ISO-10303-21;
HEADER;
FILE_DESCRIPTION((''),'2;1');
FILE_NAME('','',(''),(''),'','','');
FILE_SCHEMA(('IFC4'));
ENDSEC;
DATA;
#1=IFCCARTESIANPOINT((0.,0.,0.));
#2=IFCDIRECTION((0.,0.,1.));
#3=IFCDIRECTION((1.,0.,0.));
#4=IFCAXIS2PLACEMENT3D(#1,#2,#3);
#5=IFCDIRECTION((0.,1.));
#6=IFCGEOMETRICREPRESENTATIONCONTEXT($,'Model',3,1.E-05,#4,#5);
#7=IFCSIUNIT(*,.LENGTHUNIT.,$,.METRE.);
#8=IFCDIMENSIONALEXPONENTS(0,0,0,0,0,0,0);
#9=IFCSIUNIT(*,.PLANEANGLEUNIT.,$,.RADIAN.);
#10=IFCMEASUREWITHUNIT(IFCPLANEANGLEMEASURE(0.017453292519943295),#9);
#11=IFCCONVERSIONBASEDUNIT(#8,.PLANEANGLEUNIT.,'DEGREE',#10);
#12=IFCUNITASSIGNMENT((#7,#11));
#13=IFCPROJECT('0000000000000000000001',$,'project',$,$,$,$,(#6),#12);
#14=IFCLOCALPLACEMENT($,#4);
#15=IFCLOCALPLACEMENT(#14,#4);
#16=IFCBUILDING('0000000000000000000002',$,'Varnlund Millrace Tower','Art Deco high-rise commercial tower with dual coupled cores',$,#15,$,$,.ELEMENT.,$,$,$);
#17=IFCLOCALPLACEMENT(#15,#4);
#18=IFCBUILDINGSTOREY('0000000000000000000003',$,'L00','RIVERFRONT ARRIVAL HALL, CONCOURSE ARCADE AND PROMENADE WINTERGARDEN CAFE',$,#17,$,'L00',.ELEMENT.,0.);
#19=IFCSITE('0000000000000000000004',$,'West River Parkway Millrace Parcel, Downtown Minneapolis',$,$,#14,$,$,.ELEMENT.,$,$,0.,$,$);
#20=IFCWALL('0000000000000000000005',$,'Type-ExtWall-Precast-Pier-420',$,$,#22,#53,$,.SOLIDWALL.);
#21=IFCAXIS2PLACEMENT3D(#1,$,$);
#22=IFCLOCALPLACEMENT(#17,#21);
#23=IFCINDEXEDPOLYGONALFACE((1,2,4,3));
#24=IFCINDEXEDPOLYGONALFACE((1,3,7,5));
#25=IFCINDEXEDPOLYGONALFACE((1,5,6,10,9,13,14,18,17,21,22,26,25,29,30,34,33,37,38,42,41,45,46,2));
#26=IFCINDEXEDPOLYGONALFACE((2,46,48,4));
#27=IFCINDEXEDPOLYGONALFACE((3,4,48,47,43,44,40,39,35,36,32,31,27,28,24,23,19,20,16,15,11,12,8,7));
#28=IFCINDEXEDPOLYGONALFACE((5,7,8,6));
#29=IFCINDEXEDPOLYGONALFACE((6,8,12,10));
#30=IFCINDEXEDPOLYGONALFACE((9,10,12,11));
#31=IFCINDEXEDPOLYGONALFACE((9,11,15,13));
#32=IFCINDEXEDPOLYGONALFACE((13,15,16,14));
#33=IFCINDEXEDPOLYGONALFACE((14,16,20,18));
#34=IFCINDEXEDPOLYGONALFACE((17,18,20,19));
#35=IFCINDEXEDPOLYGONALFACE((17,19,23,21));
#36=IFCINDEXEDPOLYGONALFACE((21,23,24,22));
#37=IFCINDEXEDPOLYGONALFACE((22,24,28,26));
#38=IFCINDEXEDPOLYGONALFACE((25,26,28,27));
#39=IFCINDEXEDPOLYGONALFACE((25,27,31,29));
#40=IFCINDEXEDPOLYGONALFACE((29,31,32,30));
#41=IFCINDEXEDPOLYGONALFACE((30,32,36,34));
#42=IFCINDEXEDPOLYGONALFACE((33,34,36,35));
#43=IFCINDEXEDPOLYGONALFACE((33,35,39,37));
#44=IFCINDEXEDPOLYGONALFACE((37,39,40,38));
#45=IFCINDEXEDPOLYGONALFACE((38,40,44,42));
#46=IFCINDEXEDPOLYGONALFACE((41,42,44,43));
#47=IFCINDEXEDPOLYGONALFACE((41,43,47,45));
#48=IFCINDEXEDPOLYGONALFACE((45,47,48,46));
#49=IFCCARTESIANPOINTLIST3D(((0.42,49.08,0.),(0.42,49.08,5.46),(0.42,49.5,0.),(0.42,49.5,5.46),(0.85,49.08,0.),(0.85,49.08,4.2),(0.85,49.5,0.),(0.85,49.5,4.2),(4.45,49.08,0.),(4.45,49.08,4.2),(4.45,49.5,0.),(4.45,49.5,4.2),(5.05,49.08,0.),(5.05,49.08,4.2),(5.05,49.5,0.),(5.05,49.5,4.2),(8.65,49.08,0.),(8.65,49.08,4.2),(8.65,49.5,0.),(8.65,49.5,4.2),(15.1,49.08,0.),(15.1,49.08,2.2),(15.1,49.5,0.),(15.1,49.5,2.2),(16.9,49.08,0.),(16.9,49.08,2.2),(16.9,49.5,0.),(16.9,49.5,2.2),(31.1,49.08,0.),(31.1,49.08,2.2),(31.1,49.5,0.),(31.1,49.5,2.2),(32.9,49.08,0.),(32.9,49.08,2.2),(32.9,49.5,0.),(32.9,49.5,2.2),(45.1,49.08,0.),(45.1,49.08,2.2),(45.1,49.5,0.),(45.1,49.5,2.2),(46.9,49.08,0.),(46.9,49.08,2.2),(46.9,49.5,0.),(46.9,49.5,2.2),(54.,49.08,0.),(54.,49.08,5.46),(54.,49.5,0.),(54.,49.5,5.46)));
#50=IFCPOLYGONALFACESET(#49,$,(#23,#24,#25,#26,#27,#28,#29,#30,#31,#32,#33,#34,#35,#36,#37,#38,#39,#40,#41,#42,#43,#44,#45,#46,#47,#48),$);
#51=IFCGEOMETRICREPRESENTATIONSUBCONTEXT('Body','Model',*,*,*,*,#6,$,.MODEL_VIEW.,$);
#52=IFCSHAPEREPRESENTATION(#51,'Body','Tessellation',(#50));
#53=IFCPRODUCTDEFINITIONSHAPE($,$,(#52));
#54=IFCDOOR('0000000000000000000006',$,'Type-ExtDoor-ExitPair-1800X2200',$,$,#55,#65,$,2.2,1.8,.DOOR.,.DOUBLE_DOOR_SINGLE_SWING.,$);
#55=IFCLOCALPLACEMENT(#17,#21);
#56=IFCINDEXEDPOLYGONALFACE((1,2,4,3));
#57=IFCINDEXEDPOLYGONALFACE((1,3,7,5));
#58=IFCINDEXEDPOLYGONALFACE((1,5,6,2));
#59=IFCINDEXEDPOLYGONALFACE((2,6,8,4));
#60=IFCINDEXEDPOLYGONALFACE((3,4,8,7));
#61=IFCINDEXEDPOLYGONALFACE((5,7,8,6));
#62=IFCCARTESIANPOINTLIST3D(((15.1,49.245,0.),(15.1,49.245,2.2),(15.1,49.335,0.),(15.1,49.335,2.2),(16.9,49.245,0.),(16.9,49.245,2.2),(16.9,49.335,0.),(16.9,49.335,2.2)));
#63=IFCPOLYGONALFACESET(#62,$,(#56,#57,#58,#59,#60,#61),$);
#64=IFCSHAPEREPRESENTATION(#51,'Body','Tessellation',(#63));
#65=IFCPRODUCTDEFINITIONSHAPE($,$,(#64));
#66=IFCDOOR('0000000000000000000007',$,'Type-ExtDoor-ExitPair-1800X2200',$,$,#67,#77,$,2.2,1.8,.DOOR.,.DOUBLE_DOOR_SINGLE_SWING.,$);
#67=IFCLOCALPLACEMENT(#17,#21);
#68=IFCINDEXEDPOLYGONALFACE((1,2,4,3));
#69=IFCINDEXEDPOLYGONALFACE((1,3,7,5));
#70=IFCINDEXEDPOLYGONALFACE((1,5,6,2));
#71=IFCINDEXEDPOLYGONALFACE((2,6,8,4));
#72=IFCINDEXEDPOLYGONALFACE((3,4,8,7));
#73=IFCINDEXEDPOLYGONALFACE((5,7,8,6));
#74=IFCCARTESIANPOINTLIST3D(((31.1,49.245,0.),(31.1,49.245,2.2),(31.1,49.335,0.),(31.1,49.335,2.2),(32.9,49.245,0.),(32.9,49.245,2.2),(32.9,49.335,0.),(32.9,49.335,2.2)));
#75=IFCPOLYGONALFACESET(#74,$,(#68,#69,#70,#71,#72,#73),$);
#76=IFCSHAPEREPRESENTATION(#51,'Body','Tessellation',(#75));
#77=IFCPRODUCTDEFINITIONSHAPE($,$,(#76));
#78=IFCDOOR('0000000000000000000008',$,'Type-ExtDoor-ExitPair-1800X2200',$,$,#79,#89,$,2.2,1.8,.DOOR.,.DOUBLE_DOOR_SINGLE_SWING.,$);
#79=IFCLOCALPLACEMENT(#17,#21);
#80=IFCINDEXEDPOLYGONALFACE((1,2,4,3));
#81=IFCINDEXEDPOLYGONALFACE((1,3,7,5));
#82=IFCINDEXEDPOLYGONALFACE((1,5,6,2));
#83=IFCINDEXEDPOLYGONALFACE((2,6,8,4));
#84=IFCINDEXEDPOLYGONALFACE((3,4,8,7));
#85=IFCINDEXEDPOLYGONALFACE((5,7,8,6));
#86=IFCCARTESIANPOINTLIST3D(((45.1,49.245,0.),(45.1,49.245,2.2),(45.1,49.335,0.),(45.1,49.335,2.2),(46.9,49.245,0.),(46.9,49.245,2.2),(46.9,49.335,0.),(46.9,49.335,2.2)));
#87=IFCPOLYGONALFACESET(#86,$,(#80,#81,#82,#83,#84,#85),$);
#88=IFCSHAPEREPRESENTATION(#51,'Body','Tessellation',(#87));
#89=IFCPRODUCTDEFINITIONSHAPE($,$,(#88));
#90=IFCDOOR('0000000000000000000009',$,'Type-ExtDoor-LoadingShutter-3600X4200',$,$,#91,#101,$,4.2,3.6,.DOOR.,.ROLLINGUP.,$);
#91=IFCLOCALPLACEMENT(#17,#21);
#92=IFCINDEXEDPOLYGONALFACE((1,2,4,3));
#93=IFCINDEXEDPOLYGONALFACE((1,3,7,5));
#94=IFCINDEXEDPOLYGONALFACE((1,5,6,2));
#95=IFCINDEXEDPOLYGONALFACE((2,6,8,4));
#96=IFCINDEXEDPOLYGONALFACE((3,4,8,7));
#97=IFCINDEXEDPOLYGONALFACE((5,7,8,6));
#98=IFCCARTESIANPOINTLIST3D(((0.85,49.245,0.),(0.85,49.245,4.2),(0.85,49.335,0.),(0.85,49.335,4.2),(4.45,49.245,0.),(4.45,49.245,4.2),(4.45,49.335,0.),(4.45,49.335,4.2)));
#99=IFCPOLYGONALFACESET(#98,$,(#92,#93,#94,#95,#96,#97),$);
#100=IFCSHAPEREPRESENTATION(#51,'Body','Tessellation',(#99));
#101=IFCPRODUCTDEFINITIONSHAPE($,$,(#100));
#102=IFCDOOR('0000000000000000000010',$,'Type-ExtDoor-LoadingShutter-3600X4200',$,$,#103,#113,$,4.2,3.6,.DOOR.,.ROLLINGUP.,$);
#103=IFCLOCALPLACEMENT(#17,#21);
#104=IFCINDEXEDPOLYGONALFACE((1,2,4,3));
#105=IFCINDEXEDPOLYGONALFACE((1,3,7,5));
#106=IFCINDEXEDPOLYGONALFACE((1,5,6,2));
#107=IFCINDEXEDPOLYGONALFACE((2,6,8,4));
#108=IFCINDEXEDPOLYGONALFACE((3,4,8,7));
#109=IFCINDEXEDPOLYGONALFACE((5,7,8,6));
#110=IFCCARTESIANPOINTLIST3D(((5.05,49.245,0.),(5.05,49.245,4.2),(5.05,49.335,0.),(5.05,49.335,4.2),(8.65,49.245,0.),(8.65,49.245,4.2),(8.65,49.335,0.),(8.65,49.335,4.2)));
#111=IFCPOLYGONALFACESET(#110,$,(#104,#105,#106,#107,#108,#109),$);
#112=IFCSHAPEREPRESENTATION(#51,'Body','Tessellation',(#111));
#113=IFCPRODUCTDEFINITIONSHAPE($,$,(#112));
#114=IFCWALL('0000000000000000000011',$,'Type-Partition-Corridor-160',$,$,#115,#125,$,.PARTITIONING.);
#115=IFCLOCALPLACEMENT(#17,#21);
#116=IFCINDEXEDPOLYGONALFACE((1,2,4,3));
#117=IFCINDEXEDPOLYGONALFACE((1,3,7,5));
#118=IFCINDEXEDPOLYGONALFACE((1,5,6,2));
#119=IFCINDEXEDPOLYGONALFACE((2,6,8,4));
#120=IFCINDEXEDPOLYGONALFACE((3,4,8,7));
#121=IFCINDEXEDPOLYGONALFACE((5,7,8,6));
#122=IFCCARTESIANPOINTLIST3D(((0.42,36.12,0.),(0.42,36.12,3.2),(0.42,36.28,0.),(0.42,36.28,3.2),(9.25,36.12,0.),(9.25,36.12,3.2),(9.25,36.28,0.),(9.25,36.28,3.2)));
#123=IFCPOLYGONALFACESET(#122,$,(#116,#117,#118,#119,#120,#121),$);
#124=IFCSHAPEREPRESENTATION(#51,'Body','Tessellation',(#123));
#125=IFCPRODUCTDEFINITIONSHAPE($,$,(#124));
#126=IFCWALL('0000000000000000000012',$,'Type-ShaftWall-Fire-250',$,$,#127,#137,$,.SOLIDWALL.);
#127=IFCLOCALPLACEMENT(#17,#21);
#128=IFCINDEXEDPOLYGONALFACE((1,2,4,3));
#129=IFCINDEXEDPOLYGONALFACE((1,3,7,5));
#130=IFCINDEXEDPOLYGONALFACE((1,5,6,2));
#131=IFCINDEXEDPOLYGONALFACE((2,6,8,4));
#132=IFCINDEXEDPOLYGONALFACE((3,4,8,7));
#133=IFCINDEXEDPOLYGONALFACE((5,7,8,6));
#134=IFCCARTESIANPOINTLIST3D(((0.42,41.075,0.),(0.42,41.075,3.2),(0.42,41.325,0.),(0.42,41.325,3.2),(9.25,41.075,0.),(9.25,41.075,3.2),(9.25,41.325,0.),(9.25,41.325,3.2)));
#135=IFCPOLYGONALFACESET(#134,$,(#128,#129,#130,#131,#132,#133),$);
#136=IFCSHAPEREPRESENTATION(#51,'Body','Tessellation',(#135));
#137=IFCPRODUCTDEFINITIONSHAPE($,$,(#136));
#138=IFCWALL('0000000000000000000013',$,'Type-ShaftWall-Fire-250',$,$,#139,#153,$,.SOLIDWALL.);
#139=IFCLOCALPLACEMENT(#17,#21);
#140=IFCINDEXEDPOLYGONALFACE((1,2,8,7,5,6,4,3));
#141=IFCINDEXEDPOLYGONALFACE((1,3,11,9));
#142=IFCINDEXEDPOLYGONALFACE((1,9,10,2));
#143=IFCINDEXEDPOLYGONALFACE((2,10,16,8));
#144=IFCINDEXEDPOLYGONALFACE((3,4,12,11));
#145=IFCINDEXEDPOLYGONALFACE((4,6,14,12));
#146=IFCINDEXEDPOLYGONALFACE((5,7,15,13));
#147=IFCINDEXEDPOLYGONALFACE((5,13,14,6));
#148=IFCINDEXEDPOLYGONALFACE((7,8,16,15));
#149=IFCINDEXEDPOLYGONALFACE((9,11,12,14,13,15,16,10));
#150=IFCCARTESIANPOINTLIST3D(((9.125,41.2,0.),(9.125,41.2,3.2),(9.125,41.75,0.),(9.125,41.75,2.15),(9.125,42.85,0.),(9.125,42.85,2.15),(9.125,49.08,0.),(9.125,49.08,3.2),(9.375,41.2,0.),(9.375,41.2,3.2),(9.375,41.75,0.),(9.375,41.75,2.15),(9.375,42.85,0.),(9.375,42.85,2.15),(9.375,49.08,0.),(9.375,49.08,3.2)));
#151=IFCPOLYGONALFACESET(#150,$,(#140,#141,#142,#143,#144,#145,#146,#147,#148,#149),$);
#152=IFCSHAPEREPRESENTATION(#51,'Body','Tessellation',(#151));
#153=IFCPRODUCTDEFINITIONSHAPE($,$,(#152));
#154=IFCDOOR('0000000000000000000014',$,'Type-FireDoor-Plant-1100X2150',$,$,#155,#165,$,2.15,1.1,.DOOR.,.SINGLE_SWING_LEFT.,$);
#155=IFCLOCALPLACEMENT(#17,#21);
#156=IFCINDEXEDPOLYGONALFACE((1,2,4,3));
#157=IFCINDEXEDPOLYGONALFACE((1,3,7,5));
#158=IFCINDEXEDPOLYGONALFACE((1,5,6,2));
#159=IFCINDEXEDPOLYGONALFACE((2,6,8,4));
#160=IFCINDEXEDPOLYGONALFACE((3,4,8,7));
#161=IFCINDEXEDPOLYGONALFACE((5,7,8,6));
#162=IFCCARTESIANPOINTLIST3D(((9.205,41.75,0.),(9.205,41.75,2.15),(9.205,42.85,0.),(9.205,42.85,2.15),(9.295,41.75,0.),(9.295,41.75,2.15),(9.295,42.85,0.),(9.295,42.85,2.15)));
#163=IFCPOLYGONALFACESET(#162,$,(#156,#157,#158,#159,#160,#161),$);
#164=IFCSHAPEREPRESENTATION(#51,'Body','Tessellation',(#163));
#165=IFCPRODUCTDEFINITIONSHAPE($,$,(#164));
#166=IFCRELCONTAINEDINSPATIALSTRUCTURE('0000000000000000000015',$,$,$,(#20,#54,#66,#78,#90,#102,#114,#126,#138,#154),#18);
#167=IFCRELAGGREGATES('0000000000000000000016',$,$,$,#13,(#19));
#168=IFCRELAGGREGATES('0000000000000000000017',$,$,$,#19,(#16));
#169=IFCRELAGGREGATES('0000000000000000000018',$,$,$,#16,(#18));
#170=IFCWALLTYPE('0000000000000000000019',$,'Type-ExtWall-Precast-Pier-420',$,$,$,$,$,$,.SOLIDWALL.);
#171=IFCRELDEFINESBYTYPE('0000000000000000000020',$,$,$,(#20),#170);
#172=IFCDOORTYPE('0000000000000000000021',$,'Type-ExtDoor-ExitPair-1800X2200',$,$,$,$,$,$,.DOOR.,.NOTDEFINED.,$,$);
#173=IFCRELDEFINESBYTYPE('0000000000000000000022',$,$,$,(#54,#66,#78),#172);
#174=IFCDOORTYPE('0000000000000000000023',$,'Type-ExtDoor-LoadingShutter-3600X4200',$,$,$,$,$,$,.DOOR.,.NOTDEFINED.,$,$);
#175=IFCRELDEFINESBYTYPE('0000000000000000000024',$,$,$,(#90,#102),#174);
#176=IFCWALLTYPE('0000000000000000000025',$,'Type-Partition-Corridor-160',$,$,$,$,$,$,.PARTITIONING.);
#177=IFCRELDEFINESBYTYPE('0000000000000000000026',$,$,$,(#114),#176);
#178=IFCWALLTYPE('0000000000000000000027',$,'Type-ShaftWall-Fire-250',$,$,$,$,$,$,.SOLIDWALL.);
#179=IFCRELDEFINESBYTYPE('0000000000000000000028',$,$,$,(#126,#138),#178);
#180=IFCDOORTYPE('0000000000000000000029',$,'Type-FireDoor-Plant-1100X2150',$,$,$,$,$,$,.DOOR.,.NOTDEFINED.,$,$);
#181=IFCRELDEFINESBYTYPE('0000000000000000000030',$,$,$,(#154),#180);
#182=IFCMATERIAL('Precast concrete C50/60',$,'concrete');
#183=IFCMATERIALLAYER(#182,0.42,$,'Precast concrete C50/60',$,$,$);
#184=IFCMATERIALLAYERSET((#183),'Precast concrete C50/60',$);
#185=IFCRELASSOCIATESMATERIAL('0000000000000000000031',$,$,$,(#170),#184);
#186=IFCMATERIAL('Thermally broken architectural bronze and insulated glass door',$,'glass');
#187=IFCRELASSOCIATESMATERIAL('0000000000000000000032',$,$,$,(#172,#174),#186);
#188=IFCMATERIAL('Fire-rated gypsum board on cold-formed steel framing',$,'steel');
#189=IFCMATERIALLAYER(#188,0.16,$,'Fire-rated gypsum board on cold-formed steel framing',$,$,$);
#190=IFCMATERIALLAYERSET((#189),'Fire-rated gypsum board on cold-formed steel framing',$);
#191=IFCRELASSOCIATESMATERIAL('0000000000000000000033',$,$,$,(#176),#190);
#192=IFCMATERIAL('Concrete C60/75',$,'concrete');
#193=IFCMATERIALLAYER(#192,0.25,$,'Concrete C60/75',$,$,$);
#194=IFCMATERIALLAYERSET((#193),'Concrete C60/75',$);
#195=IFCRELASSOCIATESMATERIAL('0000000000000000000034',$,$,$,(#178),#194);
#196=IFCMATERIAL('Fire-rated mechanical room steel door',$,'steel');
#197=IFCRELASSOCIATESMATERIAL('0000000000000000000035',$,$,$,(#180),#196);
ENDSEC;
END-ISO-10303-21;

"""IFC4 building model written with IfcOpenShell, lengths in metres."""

from ifc_helpers import new_model, entity, si_unit, converted_unit, direction, frame, origin_with_axes, origin_2d_with_axis, place, context, subcontext, project, spatial, polyline, rectangle, outline, extrude, material, layer, layer_set, type_object, element, fill, save


model = new_model("IFC4")

# Units and contexts
model_context = context("Model", 3, precision=1e-05, world=origin_with_axes(), true_north=direction((0.0, 1.0)))
body_context = subcontext(model_context, "Body", "Model", "MODEL_VIEW")
ifc_project = project(units=[si_unit("LENGTHUNIT", "METRE"), converted_unit("PLANEANGLEUNIT", "DEGREE", entity("IfcPlaneAngleMeasure", 0.017453292519943295), si_unit("PLANEANGLEUNIT", "RADIAN"), dimensions=[0, 0, 0, 0, 0, 0, 0])], contexts=[model_context])

# Site, building, storey
site_placement = place(None, origin_with_axes())
site = spatial("IfcSite", under=ifc_project, at=site_placement, Name="West River Parkway Millrace Parcel, Downtown Minneapolis", CompositionType="ELEMENT", RefElevation=0.0)
building_placement = place(site_placement, origin_with_axes())
building = spatial("IfcBuilding", under=site, at=building_placement, Name="Varnlund Millrace Tower", Description="Art Deco high-rise commercial tower with dual coupled cores", CompositionType="ELEMENT")
storey_placement = place(building_placement, origin_with_axes())
storey = spatial("IfcBuildingStorey", under=building, at=storey_placement, Name="L00", Description="RIVERFRONT ARRIVAL HALL, CONCOURSE ARCADE AND PROMENADE WINTERGARDEN CAFE", LongName="L00", CompositionType="ELEMENT", Elevation=0.0)

# Wall, openings, doors
ifc_material_1 = material(Name="Precast concrete C50/60", Category="concrete")
ifc_layer_1 = layer(ifc_material_1, 0.42, Name="Precast concrete C50/60")
ifc_layer_set_1 = layer_set([ifc_layer_1], Name="Precast concrete C50/60")
wall_type_1 = type_object("IfcWallType", Name="Type-ExtWall-Precast-Pier-420", PredefinedType="SOLIDWALL", material=ifc_layer_set_1)
wall_1_placement = place(storey_placement, frame((0.42, 49.29, 0.0), z_axis=(0.0, 0.0, 1.0), x_axis=(1.0, 0.0, 0.0)))
wall_1 = element("IfcWall", 1, at=wall_1_placement, inside=storey, type_object=wall_type_1, Name="Type-ExtWall-Precast-Pier-420", PredefinedType="SOLIDWALL", context=body_context, shape_type="SweptSolid", body=[
    extrude(outline(polyline([(0.0, -0.21), (53.58, -0.21), (53.58, 0.21), (0.0, 0.21), (0.0, -0.21)])), origin_with_axes(), (0.0, 0.0, 1.0), 5.46),
])
opening_1_placement = place(wall_1_placement, frame((15.58, 0.0, 0.0), z_axis=(0.0, 0.0, 1.0), x_axis=(1.0, 0.0, 0.0)))
opening_1 = element("IfcOpeningElement", 2, at=opening_1_placement, cuts=wall_1, PredefinedType="OPENING", context=body_context, shape_type="SweptSolid", body=[
    extrude(rectangle(XDim=1.8, YDim=0.44, at=origin_2d_with_axis()), origin_with_axes(), (0.0, 0.0, 1.0), 2.2),
])
opening_2_placement = place(wall_1_placement, frame((31.58, 0.0, 0.0), z_axis=(0.0, 0.0, 1.0), x_axis=(1.0, 0.0, 0.0)))
opening_2 = element("IfcOpeningElement", 3, at=opening_2_placement, cuts=wall_1, PredefinedType="OPENING", context=body_context, shape_type="SweptSolid", body=[
    extrude(rectangle(XDim=1.8, YDim=0.44, at=origin_2d_with_axis()), origin_with_axes(), (0.0, 0.0, 1.0), 2.2),
])
opening_3_placement = place(wall_1_placement, frame((45.58, 0.0, 0.0), z_axis=(0.0, 0.0, 1.0), x_axis=(1.0, 0.0, 0.0)))
opening_3 = element("IfcOpeningElement", 4, at=opening_3_placement, cuts=wall_1, PredefinedType="OPENING", context=body_context, shape_type="SweptSolid", body=[
    extrude(rectangle(XDim=1.8, YDim=0.44, at=origin_2d_with_axis()), origin_with_axes(), (0.0, 0.0, 1.0), 2.2),
])
opening_4_placement = place(wall_1_placement, frame((2.23, 0.0, 0.0), z_axis=(0.0, 0.0, 1.0), x_axis=(1.0, 0.0, 0.0)))
opening_4 = element("IfcOpeningElement", 5, at=opening_4_placement, cuts=wall_1, PredefinedType="OPENING", context=body_context, shape_type="SweptSolid", body=[
    extrude(rectangle(XDim=3.6, YDim=0.44, at=origin_2d_with_axis()), origin_with_axes(), (0.0, 0.0, 1.0), 4.2),
])
opening_5_placement = place(wall_1_placement, frame((6.43, 0.0, 0.0), z_axis=(0.0, 0.0, 1.0), x_axis=(1.0, 0.0, 0.0)))
opening_5 = element("IfcOpeningElement", 6, at=opening_5_placement, cuts=wall_1, PredefinedType="OPENING", context=body_context, shape_type="SweptSolid", body=[
    extrude(rectangle(XDim=3.6, YDim=0.44, at=origin_2d_with_axis()), origin_with_axes(), (0.0, 0.0, 1.0), 4.2),
])
ifc_material_2 = material(Name="Thermally broken architectural bronze and insulated glass door", Category="glass")
door_type_1 = type_object("IfcDoorType", Name="Type-ExtDoor-ExitPair-1800X2200", OperationType="NOTDEFINED", PredefinedType="DOOR", material=ifc_material_2)
door_1_placement = place(wall_1_placement, frame((15.58, 0.0, 0.0), z_axis=(0.0, 0.0, 1.0), x_axis=(1.0, 0.0, 0.0)))
door_1 = element("IfcDoor", 7, at=door_1_placement, inside=storey, type_object=door_type_1, Name="Type-ExtDoor-ExitPair-1800X2200", OperationType="DOUBLE_DOOR_SINGLE_SWING", OverallHeight=2.2, OverallWidth=1.8, PredefinedType="DOOR", context=body_context, shape_type="SweptSolid", body=[
    extrude(rectangle(XDim=1.8, YDim=0.09, at=origin_2d_with_axis()), origin_with_axes(), (0.0, 0.0, 1.0), 2.2),
])
fill(opening_1, door_1)
door_2_placement = place(wall_1_placement, frame((31.58, 0.0, 0.0), z_axis=(0.0, 0.0, 1.0), x_axis=(1.0, 0.0, 0.0)))
door_2 = element("IfcDoor", 8, at=door_2_placement, inside=storey, type_object=door_type_1, Name="Type-ExtDoor-ExitPair-1800X2200", OperationType="DOUBLE_DOOR_SINGLE_SWING", OverallHeight=2.2, OverallWidth=1.8, PredefinedType="DOOR", context=body_context, shape_type="SweptSolid", body=[
    extrude(rectangle(XDim=1.8, YDim=0.09, at=origin_2d_with_axis()), origin_with_axes(), (0.0, 0.0, 1.0), 2.2),
])
fill(opening_2, door_2)
door_3_placement = place(wall_1_placement, frame((45.58, 0.0, 0.0), z_axis=(0.0, 0.0, 1.0), x_axis=(1.0, 0.0, 0.0)))
door_3 = element("IfcDoor", 9, at=door_3_placement, inside=storey, type_object=door_type_1, Name="Type-ExtDoor-ExitPair-1800X2200", OperationType="DOUBLE_DOOR_SINGLE_SWING", OverallHeight=2.2, OverallWidth=1.8, PredefinedType="DOOR", context=body_context, shape_type="SweptSolid", body=[
    extrude(rectangle(XDim=1.8, YDim=0.09, at=origin_2d_with_axis()), origin_with_axes(), (0.0, 0.0, 1.0), 2.2),
])
fill(opening_3, door_3)
door_type_2 = type_object("IfcDoorType", Name="Type-ExtDoor-LoadingShutter-3600X4200", OperationType="NOTDEFINED", PredefinedType="DOOR", material=ifc_material_2)
door_4_placement = place(wall_1_placement, frame((2.23, 0.0, 0.0), z_axis=(0.0, 0.0, 1.0), x_axis=(1.0, 0.0, 0.0)))
door_4 = element("IfcDoor", 10, at=door_4_placement, inside=storey, type_object=door_type_2, Name="Type-ExtDoor-LoadingShutter-3600X4200", OperationType="ROLLINGUP", OverallHeight=4.2, OverallWidth=3.6, PredefinedType="DOOR", context=body_context, shape_type="SweptSolid", body=[
    extrude(rectangle(XDim=3.6, YDim=0.09, at=origin_2d_with_axis()), origin_with_axes(), (0.0, 0.0, 1.0), 4.2),
])
fill(opening_4, door_4)
door_5_placement = place(wall_1_placement, frame((6.43, 0.0, 0.0), z_axis=(0.0, 0.0, 1.0), x_axis=(1.0, 0.0, 0.0)))
door_5 = element("IfcDoor", 11, at=door_5_placement, inside=storey, type_object=door_type_2, Name="Type-ExtDoor-LoadingShutter-3600X4200", OperationType="ROLLINGUP", OverallHeight=4.2, OverallWidth=3.6, PredefinedType="DOOR", context=body_context, shape_type="SweptSolid", body=[
    extrude(rectangle(XDim=3.6, YDim=0.09, at=origin_2d_with_axis()), origin_with_axes(), (0.0, 0.0, 1.0), 4.2),
])
fill(opening_5, door_5)

# Walls
ifc_material_3 = material(Name="Fire-rated gypsum board on cold-formed steel framing", Category="steel")
ifc_layer_2 = layer(ifc_material_3, 0.16, Name="Fire-rated gypsum board on cold-formed steel framing")
ifc_layer_set_2 = layer_set([ifc_layer_2], Name="Fire-rated gypsum board on cold-formed steel framing")
wall_type_2 = type_object("IfcWallType", Name="Type-Partition-Corridor-160", PredefinedType="PARTITIONING", material=ifc_layer_set_2)
wall_2_placement = place(storey_placement, frame((0.42, 36.2, 0.0), z_axis=(0.0, 0.0, 1.0), x_axis=(1.0, 0.0, 0.0)))
element("IfcWall", 12, at=wall_2_placement, inside=storey, type_object=wall_type_2, Name="Type-Partition-Corridor-160", PredefinedType="PARTITIONING", context=body_context, shape_type="SweptSolid", body=[
    extrude(outline(polyline([(0.0, -0.08), (8.83, -0.08), (8.83, 0.08), (0.0, 0.08), (0.0, -0.08)])), origin_with_axes(), (0.0, 0.0, 1.0), 3.2),
])
ifc_material_4 = material(Name="Concrete C60/75", Category="concrete")
ifc_layer_3 = layer(ifc_material_4, 0.25, Name="Concrete C60/75")
ifc_layer_set_3 = layer_set([ifc_layer_3], Name="Concrete C60/75")
wall_type_3 = type_object("IfcWallType", Name="Type-ShaftWall-Fire-250", PredefinedType="SOLIDWALL", material=ifc_layer_set_3)
wall_3_placement = place(storey_placement, frame((0.42, 41.2, 0.0), z_axis=(0.0, 0.0, 1.0), x_axis=(1.0, 0.0, 0.0)))
element("IfcWall", 13, at=wall_3_placement, inside=storey, type_object=wall_type_3, Name="Type-ShaftWall-Fire-250", PredefinedType="SOLIDWALL", context=body_context, shape_type="SweptSolid", body=[
    extrude(outline(polyline([(0.0, -0.125), (8.83, -0.125), (8.83, 0.125), (0.0, 0.125), (0.0, -0.125)])), origin_with_axes(), (0.0, 0.0, 1.0), 3.2),
])

# Wall, opening, door
wall_4_placement = place(storey_placement, frame((9.25, 41.2, 0.0), z_axis=(0.0, 0.0, 1.0), x_axis=(0.0, 1.0, 0.0)))
wall_4 = element("IfcWall", 14, at=wall_4_placement, inside=storey, type_object=wall_type_3, Name="Type-ShaftWall-Fire-250", PredefinedType="SOLIDWALL", context=body_context, shape_type="SweptSolid", body=[
    extrude(outline(polyline([(0.0, -0.125), (7.88, -0.125), (7.88, 0.125), (0.0, 0.125), (0.0, -0.125)])), origin_with_axes(), (0.0, 0.0, 1.0), 3.2),
])
opening_6_placement = place(wall_4_placement, frame((1.1, 0.0, 0.0), z_axis=(0.0, 0.0, 1.0), x_axis=(1.0, 0.0, 0.0)))
opening_6 = element("IfcOpeningElement", 15, at=opening_6_placement, cuts=wall_4, PredefinedType="OPENING", context=body_context, shape_type="SweptSolid", body=[
    extrude(rectangle(XDim=1.1, YDim=0.27, at=origin_2d_with_axis()), origin_with_axes(), (0.0, 0.0, 1.0), 2.15),
])
ifc_material_5 = material(Name="Fire-rated mechanical room steel door", Category="steel")
door_type_3 = type_object("IfcDoorType", Name="Type-FireDoor-Plant-1100X2150", OperationType="NOTDEFINED", PredefinedType="DOOR", material=ifc_material_5)
door_6_placement = place(wall_4_placement, frame((1.1, 0.0, 0.0), z_axis=(0.0, 0.0, 1.0), x_axis=(1.0, 0.0, 0.0)))
door_6 = element("IfcDoor", 16, at=door_6_placement, inside=storey, type_object=door_type_3, Name="Type-FireDoor-Plant-1100X2150", OperationType="SINGLE_SWING_LEFT", OverallHeight=2.15, OverallWidth=1.1, PredefinedType="DOOR", context=body_context, shape_type="SweptSolid", body=[
    extrude(rectangle(XDim=1.1, YDim=0.09, at=origin_2d_with_axis()), origin_with_axes(), (0.0, 0.0, 1.0), 2.15),
])
fill(opening_6, door_6)

save(model, "model.ifc")
